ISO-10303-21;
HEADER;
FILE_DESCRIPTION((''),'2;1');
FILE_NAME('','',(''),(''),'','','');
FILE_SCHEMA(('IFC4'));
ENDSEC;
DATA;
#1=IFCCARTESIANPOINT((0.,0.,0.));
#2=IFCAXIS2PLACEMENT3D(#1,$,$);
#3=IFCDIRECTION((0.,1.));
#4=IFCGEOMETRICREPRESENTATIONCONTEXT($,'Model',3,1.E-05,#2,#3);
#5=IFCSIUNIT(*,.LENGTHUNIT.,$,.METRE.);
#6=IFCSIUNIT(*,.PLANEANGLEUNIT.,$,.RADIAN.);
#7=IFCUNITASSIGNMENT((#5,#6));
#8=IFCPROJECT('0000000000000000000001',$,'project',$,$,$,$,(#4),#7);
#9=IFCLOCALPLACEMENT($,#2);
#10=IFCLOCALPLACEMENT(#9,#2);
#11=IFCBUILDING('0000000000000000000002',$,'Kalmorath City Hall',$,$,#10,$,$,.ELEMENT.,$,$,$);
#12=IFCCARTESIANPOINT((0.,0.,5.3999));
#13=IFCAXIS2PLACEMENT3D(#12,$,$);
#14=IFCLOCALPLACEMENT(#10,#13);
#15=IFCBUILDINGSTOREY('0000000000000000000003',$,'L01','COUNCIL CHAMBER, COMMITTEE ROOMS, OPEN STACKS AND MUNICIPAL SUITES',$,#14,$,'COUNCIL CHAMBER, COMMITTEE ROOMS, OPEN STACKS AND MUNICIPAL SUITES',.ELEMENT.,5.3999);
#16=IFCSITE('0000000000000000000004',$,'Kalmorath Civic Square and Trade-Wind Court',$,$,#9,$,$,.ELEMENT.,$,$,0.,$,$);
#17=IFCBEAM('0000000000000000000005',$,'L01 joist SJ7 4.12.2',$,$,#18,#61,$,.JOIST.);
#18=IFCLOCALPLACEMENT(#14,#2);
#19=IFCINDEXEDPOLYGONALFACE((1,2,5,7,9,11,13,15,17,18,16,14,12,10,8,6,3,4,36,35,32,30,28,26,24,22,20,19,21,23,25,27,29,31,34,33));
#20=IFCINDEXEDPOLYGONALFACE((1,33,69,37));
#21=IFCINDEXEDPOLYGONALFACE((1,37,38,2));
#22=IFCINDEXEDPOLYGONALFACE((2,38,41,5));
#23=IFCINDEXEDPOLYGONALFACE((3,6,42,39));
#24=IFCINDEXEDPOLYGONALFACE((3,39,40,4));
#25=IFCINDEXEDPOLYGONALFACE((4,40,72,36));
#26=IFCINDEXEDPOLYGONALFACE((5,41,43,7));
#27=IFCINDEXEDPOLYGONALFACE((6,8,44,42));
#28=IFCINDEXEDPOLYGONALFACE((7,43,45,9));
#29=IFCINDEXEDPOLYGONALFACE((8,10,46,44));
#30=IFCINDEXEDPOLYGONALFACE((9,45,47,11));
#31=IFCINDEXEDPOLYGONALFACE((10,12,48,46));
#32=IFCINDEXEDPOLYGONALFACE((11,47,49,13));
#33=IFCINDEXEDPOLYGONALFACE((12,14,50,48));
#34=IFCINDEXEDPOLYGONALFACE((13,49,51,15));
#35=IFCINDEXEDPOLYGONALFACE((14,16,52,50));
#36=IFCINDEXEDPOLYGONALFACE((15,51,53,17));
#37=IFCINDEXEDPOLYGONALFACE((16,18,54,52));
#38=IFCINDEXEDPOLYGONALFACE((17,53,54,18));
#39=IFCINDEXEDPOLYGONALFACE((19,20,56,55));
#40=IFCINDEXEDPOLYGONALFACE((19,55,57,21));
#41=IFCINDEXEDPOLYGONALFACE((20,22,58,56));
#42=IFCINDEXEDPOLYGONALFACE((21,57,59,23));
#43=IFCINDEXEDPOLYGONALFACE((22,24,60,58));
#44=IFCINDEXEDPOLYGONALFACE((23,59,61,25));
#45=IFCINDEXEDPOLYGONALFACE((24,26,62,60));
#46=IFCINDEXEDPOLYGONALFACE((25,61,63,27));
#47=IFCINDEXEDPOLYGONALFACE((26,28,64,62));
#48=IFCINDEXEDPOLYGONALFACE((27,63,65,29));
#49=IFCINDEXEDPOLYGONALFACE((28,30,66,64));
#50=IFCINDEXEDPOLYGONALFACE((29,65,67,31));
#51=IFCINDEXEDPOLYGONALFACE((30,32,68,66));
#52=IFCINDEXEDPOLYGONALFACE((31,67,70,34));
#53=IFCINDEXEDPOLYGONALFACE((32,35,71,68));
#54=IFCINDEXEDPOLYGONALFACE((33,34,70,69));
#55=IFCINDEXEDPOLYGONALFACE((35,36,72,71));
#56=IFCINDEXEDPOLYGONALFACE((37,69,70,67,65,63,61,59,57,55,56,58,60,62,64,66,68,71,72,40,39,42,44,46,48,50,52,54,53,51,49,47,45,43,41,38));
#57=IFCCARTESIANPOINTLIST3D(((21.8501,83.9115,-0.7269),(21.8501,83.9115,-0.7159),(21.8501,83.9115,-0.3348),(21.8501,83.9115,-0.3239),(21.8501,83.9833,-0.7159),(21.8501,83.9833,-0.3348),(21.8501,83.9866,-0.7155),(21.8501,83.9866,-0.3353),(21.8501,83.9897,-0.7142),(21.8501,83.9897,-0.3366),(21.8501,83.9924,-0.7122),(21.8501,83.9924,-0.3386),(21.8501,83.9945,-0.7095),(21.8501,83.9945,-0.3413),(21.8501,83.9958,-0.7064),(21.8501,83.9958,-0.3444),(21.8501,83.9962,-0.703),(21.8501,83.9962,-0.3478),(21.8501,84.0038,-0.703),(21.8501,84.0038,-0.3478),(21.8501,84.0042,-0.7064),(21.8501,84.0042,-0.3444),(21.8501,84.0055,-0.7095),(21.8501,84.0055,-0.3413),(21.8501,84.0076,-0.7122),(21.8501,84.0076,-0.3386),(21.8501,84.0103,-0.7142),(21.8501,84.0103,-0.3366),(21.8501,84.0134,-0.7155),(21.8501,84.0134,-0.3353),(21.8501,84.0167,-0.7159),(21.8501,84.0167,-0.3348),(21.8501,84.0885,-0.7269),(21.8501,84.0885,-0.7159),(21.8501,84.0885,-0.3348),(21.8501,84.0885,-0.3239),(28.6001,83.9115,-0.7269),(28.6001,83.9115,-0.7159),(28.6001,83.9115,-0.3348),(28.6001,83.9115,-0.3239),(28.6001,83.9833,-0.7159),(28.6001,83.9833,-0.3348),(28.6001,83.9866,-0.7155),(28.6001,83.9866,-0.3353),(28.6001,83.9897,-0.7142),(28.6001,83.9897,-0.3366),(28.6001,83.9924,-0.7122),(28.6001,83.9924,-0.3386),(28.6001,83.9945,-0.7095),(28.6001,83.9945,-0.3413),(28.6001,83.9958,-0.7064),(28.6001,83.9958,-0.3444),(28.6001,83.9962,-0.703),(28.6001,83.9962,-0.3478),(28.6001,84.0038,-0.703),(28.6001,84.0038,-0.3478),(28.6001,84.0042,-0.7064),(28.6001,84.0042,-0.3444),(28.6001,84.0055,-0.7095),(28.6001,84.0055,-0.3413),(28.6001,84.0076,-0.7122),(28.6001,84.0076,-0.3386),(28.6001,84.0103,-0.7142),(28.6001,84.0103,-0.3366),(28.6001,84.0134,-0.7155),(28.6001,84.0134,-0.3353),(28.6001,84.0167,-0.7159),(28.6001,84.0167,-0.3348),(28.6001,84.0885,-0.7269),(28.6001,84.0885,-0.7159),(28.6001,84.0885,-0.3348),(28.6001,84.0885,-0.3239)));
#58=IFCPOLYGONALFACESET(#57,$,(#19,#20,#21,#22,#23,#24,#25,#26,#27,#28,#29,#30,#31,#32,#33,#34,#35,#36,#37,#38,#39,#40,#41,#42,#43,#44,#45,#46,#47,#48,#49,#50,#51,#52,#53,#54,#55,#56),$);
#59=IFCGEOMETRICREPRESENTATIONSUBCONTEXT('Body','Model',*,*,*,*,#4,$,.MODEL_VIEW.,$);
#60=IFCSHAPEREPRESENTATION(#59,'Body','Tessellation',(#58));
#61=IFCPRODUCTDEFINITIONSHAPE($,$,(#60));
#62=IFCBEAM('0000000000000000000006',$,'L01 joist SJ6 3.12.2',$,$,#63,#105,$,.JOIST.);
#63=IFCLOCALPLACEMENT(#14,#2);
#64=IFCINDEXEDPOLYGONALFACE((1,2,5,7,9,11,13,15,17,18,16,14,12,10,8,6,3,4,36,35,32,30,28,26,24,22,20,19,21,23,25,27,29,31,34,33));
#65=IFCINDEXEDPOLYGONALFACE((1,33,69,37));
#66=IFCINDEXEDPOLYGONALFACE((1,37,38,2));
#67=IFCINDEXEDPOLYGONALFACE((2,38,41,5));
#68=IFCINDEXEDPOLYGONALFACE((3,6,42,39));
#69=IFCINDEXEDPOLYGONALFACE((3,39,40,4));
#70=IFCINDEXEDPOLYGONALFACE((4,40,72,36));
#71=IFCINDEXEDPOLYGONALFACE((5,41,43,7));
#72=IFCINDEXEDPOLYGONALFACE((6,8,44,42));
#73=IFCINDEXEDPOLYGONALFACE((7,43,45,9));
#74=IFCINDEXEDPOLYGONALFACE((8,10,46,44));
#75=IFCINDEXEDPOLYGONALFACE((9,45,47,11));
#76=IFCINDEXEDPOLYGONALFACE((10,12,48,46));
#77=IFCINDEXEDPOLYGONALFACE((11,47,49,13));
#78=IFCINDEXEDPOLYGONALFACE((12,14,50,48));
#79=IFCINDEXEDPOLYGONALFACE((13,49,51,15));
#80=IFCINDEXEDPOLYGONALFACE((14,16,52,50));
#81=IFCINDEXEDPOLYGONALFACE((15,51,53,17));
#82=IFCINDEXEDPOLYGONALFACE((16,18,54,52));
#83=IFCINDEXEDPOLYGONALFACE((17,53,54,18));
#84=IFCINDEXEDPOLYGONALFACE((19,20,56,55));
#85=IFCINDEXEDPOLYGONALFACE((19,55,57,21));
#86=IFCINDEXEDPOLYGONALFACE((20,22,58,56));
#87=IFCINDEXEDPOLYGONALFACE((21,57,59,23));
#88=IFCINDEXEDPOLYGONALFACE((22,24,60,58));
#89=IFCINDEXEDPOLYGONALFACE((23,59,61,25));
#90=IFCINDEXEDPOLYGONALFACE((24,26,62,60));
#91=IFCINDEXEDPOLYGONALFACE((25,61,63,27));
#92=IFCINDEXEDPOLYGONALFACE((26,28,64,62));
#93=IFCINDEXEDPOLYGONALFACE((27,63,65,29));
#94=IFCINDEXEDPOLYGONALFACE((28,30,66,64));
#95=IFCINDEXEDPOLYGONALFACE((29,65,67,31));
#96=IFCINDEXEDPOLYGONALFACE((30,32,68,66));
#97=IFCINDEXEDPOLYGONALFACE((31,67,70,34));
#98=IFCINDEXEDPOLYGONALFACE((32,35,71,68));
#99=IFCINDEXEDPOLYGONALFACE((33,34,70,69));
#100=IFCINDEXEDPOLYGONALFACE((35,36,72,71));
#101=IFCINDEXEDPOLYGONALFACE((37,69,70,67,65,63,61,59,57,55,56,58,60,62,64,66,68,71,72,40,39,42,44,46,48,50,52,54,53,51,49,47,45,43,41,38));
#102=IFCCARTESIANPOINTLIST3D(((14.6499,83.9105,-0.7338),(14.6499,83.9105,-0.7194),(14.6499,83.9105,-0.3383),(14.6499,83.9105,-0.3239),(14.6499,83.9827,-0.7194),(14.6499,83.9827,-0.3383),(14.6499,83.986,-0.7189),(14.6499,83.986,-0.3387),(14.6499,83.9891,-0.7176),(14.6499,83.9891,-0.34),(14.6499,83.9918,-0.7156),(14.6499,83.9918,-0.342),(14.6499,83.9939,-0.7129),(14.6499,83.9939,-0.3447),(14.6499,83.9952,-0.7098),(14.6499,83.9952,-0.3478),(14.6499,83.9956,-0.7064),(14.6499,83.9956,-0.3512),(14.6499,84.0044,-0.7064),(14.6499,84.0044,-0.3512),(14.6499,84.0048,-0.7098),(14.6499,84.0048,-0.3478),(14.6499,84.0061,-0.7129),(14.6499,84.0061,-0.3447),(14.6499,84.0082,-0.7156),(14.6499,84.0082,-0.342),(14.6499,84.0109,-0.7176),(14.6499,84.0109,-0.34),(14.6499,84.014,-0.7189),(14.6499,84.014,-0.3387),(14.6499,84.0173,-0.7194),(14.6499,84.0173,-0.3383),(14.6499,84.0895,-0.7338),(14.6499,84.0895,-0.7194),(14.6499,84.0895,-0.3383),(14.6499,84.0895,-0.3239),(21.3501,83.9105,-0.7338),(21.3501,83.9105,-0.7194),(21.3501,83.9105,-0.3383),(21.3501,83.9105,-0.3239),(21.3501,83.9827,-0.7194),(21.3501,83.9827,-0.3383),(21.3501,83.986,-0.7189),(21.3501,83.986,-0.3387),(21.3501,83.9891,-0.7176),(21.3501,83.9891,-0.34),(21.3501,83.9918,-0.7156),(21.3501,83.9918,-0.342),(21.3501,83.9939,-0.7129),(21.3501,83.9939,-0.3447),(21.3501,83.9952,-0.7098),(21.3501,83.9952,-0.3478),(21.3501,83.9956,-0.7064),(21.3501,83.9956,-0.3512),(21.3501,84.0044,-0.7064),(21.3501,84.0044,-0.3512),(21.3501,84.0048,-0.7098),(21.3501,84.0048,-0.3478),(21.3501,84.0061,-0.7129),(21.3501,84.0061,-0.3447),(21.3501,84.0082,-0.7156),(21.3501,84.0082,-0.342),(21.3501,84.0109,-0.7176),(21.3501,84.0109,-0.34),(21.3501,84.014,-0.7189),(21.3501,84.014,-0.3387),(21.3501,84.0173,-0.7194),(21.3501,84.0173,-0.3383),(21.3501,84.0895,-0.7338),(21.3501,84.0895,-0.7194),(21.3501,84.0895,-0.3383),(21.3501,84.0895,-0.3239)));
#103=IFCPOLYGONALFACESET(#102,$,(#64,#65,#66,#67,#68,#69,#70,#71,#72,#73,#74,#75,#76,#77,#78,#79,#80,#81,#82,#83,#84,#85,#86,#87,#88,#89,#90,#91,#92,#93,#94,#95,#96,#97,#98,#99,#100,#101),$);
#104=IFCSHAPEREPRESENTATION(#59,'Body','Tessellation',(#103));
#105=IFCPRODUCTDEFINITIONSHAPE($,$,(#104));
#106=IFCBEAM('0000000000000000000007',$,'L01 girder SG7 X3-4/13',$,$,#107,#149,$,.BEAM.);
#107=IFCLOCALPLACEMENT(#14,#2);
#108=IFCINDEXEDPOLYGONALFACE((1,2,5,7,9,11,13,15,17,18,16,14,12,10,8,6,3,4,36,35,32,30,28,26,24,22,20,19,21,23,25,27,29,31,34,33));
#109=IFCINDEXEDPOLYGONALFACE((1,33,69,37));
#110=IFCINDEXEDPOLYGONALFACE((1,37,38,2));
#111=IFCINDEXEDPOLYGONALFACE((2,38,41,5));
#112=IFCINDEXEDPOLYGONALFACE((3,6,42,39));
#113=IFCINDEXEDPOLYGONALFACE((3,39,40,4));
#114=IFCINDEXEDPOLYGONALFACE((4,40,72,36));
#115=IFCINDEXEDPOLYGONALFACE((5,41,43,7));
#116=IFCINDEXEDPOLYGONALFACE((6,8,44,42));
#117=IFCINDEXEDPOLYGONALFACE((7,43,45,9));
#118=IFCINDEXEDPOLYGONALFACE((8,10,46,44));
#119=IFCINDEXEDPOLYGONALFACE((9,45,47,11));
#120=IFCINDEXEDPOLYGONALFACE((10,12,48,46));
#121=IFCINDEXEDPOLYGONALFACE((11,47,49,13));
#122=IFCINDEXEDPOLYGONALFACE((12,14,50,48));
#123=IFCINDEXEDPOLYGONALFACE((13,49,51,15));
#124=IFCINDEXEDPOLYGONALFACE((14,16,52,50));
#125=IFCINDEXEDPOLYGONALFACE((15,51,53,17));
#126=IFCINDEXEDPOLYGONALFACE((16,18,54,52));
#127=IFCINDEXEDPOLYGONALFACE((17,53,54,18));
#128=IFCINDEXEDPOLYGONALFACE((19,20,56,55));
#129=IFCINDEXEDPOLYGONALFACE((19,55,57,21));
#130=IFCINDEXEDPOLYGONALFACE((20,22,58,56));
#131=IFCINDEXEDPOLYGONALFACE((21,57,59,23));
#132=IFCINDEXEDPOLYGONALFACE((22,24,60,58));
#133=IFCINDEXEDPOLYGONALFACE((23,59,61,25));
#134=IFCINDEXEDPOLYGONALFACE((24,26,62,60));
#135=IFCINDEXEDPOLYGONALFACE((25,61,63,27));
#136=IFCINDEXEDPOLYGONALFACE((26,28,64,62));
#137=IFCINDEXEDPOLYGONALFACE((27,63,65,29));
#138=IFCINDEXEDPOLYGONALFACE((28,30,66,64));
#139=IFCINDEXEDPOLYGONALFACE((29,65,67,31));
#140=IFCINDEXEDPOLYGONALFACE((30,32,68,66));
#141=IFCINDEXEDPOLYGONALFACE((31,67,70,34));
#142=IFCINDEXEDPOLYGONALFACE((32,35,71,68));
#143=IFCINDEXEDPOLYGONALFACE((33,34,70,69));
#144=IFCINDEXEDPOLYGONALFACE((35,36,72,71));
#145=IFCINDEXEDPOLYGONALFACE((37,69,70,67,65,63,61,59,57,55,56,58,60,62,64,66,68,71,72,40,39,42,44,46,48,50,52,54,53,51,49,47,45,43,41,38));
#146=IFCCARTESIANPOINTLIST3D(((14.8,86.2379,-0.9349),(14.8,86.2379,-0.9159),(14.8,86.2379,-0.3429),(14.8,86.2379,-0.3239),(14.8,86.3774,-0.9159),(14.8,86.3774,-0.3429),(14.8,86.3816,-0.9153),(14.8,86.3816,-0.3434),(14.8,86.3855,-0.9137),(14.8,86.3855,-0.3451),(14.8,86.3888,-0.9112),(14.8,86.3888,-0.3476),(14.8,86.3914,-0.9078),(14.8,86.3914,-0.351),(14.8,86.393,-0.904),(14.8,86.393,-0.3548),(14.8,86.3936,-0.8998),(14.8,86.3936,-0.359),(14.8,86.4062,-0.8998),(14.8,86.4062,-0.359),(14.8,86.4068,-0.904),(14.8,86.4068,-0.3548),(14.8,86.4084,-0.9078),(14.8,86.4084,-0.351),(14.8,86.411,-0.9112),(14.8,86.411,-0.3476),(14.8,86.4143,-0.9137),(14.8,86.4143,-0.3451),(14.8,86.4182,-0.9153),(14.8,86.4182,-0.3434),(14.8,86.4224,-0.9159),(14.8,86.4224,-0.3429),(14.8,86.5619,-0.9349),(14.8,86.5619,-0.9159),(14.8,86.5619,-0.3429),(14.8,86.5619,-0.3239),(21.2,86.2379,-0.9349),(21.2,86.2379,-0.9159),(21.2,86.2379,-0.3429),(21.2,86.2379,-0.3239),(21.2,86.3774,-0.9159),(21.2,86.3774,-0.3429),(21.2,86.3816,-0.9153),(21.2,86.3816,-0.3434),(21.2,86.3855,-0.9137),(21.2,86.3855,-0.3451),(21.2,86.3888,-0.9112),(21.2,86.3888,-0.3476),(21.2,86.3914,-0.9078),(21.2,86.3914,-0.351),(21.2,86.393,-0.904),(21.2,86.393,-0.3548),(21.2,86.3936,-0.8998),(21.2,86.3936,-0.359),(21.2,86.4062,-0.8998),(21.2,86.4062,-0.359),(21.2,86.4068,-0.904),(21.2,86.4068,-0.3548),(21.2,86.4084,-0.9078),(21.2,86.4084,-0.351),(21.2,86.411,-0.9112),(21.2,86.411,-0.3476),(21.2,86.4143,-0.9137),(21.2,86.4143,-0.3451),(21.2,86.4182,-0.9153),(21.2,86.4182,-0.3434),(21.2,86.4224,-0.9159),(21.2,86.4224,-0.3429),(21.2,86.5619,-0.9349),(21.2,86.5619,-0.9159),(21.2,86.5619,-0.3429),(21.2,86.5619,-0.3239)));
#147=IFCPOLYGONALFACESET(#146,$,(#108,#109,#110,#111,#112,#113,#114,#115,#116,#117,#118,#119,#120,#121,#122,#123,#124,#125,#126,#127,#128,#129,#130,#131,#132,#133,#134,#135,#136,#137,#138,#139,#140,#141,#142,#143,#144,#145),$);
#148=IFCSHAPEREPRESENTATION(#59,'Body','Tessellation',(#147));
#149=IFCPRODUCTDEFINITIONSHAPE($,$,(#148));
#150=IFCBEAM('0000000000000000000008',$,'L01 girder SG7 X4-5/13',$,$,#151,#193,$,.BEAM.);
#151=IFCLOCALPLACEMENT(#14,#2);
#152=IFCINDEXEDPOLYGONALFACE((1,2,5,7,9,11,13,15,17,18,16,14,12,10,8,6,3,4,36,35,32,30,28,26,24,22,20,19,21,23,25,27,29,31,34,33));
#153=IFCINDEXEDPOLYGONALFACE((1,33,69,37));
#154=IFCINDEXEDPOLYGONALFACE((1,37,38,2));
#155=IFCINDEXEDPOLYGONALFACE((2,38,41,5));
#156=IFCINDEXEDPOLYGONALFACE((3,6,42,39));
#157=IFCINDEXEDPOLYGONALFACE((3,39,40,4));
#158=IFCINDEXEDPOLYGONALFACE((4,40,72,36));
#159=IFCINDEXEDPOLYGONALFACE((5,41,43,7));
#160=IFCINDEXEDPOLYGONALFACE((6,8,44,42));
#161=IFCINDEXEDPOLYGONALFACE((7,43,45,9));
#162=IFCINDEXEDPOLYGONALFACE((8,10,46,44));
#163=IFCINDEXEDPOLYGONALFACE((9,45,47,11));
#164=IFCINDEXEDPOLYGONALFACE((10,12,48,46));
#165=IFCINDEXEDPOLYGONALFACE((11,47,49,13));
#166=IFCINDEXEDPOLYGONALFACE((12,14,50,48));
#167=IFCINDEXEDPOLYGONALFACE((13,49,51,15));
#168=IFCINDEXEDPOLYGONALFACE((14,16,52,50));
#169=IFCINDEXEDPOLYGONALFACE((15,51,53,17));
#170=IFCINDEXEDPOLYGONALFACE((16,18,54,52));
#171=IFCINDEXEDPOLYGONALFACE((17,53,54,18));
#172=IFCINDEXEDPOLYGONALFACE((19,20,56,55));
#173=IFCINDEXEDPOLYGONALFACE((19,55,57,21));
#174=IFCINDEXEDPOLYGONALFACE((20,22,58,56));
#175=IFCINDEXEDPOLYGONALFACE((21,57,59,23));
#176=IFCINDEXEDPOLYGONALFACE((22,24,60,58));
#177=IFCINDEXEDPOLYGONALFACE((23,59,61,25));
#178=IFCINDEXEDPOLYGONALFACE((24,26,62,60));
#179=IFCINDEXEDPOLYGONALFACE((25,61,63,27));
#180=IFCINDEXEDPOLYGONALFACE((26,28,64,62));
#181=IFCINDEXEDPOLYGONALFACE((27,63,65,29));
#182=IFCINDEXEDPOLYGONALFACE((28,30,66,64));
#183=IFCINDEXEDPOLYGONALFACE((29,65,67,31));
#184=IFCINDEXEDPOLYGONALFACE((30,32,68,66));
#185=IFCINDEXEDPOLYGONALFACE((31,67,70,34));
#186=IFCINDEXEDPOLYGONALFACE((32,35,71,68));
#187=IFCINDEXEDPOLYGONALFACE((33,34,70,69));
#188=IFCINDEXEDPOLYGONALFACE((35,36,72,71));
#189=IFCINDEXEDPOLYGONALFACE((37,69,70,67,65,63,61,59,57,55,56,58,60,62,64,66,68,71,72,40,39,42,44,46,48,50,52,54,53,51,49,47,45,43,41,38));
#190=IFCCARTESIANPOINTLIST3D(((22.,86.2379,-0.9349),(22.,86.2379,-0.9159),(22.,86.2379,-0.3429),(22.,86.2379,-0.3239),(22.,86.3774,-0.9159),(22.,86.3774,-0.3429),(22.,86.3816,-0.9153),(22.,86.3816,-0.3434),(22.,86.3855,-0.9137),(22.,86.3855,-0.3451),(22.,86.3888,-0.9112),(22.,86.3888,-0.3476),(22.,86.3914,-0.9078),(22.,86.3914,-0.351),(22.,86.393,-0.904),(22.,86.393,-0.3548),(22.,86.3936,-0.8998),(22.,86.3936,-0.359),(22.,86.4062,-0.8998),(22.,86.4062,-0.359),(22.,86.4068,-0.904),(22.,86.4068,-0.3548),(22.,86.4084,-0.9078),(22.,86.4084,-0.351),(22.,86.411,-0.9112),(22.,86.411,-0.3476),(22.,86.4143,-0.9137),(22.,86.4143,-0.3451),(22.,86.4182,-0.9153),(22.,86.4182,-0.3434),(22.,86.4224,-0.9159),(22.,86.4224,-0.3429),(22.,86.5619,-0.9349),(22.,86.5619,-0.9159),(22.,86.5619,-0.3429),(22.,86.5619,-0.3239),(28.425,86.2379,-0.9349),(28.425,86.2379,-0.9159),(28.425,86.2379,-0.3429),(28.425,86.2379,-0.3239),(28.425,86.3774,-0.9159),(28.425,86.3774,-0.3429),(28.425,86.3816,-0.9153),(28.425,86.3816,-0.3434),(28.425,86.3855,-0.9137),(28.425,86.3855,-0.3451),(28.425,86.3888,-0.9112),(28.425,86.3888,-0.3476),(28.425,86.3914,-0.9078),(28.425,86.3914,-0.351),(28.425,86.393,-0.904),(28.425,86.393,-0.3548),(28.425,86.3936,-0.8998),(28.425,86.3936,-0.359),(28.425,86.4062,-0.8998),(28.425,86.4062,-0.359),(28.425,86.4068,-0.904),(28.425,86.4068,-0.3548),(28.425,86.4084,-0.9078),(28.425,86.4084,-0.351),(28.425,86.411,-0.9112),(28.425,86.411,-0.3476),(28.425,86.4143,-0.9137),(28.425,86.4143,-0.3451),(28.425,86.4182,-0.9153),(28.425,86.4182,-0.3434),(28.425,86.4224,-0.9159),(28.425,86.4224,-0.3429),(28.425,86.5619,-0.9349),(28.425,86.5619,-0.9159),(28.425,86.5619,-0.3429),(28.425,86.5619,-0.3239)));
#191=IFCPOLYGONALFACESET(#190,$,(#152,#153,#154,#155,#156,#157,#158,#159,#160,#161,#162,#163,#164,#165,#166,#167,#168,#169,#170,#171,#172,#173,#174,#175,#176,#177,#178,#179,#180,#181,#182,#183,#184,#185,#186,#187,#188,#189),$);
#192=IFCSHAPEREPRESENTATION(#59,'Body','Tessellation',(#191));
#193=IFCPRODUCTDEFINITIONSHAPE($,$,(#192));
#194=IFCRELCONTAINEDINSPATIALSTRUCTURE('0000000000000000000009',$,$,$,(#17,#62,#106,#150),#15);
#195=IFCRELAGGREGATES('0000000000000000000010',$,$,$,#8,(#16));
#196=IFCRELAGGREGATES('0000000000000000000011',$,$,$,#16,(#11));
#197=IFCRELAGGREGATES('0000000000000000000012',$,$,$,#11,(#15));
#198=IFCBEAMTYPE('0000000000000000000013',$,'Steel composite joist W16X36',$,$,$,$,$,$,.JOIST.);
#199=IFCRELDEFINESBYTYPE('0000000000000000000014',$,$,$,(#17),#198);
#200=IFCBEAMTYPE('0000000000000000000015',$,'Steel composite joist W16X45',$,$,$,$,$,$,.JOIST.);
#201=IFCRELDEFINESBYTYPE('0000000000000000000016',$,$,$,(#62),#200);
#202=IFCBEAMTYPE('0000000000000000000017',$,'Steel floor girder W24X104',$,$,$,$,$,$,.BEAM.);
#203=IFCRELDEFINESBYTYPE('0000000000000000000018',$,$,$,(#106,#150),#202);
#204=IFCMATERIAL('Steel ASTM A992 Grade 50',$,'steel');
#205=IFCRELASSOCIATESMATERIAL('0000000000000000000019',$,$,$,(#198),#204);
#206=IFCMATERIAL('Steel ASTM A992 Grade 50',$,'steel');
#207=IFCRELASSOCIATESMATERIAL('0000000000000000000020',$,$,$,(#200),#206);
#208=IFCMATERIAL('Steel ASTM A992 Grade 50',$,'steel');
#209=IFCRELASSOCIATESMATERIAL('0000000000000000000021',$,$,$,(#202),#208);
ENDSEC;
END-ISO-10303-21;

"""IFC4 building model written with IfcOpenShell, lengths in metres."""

from ifc_helpers import new_model, si_unit, direction, frame, origin, origin_2d, place, context, subcontext, project, spatial, i_section, extrude, material, material_profile, profile_set, type_object, element, save


model = new_model("IFC4")

# Units and contexts
model_context = context("Model", 3, precision=1e-05, world=origin(), true_north=direction((0.0, 1.0)))
body_context = subcontext(model_context, "Body", "Model", "MODEL_VIEW")
ifc_project = project(units=[si_unit("LENGTHUNIT", "METRE"), si_unit("PLANEANGLEUNIT", "RADIAN")], contexts=[model_context])

# Site, building, storey
site_placement = place(None, origin())
site = spatial("IfcSite", under=ifc_project, at=site_placement, Name="Kalmorath Civic Square and Trade-Wind Court", CompositionType="ELEMENT", RefElevation=0.0)
building_placement = place(site_placement, origin())
building = spatial("IfcBuilding", under=site, at=building_placement, Name="Kalmorath City Hall", CompositionType="ELEMENT")
storey_placement = place(building_placement, frame((0.0, 0.0, 5.3999)))
storey = spatial("IfcBuildingStorey", under=building, at=storey_placement, Name="L01", Description="COUNCIL CHAMBER, COMMITTEE ROOMS, OPEN STACKS AND MUNICIPAL SUITES", LongName="COUNCIL CHAMBER, COMMITTEE ROOMS, OPEN STACKS AND MUNICIPAL SUITES", CompositionType="ELEMENT", Elevation=5.3999)

# Beams
ifc_material_1 = material(Name="Steel ASTM A992 Grade 50", Category="steel")
ifc_material_profile_1 = material_profile(ifc_material_1, i_section(OverallWidth=0.177, OverallDepth=0.4031, WebThickness=0.0076, FlangeThickness=0.011, FilletRadius=0.0129, at=origin_2d()), Name="W16X36")
ifc_profile_set_1 = profile_set([ifc_material_profile_1], Name="Steel ASTM A992 Grade 50")
beam_type_1 = type_object("IfcBeamType", Name="Steel composite joist W16X36", PredefinedType="JOIST", material=ifc_profile_set_1)
beam_1_placement = place(storey_placement, frame((21.8501, 84.0, -0.5254), z_axis=(1.0, 0.0, 0.0), x_axis=(0.0, 1.0, 0.0)))
element("IfcBeam", 1, at=beam_1_placement, inside=storey, type_object=beam_type_1, Name="L01 joist SJ7 4.12.2", PredefinedType="JOIST", context=body_context, shape_type="SweptSolid", body=[
    extrude(i_section(OverallWidth=0.177, OverallDepth=0.4031, WebThickness=0.0076, FlangeThickness=0.011, FilletRadius=0.0129, at=origin_2d()), origin(), (0.0, 0.0, 1.0), 6.75),
])
ifc_material_2 = material(Name="Steel ASTM A992 Grade 50", Category="steel")
ifc_material_profile_2 = material_profile(ifc_material_2, i_section(OverallWidth=0.179, OverallDepth=0.4099, WebThickness=0.0088, FlangeThickness=0.0144, FilletRadius=0.0129, at=origin_2d()), Name="W16X45")
ifc_profile_set_2 = profile_set([ifc_material_profile_2], Name="Steel ASTM A992 Grade 50")
beam_type_2 = type_object("IfcBeamType", Name="Steel composite joist W16X45", PredefinedType="JOIST", material=ifc_profile_set_2)
beam_2_placement = place(storey_placement, frame((14.6499, 84.0, -0.5288), z_axis=(1.0, 0.0, 0.0), x_axis=(0.0, 1.0, 0.0)))
element("IfcBeam", 2, at=beam_2_placement, inside=storey, type_object=beam_type_2, Name="L01 joist SJ6 3.12.2", PredefinedType="JOIST", context=body_context, shape_type="SweptSolid", body=[
    extrude(i_section(OverallWidth=0.179, OverallDepth=0.4099, WebThickness=0.0088, FlangeThickness=0.0144, FilletRadius=0.0129, at=origin_2d()), origin(), (0.0, 0.0, 1.0), 6.7002),
])
ifc_material_3 = material(Name="Steel ASTM A992 Grade 50", Category="steel")
ifc_material_profile_3 = material_profile(ifc_material_3, i_section(OverallWidth=0.324, OverallDepth=0.6111, WebThickness=0.0127, FlangeThickness=0.019, FilletRadius=0.0161, at=origin_2d()), Name="W24X104")
ifc_profile_set_3 = profile_set([ifc_material_profile_3], Name="Steel ASTM A992 Grade 50")
beam_type_3 = type_object("IfcBeamType", Name="Steel floor girder W24X104", PredefinedType="BEAM", material=ifc_profile_set_3)
beam_3_placement = place(storey_placement, frame((14.8, 86.3999, -0.6294), z_axis=(1.0, 0.0, 0.0), x_axis=(0.0, 1.0, 0.0)))
element("IfcBeam", 3, at=beam_3_placement, inside=storey, type_object=beam_type_3, Name="L01 girder SG7 X3-4/13", PredefinedType="BEAM", context=body_context, shape_type="SweptSolid", body=[
    extrude(i_section(OverallWidth=0.324, OverallDepth=0.6111, WebThickness=0.0127, FlangeThickness=0.019, FilletRadius=0.0161, at=origin_2d()), origin(), (0.0, 0.0, 1.0), 6.3999),
])
beam_4_placement = place(storey_placement, frame((22.0, 86.3999, -0.6294), z_axis=(1.0, 0.0, 0.0), x_axis=(0.0, 1.0, 0.0)))
element("IfcBeam", 4, at=beam_4_placement, inside=storey, type_object=beam_type_3, Name="L01 girder SG7 X4-5/13", PredefinedType="BEAM", context=body_context, shape_type="SweptSolid", body=[
    extrude(i_section(OverallWidth=0.324, OverallDepth=0.6111, WebThickness=0.0127, FlangeThickness=0.019, FilletRadius=0.0161, at=origin_2d()), origin(), (0.0, 0.0, 1.0), 6.425),
])

save(model, "model.ifc")
